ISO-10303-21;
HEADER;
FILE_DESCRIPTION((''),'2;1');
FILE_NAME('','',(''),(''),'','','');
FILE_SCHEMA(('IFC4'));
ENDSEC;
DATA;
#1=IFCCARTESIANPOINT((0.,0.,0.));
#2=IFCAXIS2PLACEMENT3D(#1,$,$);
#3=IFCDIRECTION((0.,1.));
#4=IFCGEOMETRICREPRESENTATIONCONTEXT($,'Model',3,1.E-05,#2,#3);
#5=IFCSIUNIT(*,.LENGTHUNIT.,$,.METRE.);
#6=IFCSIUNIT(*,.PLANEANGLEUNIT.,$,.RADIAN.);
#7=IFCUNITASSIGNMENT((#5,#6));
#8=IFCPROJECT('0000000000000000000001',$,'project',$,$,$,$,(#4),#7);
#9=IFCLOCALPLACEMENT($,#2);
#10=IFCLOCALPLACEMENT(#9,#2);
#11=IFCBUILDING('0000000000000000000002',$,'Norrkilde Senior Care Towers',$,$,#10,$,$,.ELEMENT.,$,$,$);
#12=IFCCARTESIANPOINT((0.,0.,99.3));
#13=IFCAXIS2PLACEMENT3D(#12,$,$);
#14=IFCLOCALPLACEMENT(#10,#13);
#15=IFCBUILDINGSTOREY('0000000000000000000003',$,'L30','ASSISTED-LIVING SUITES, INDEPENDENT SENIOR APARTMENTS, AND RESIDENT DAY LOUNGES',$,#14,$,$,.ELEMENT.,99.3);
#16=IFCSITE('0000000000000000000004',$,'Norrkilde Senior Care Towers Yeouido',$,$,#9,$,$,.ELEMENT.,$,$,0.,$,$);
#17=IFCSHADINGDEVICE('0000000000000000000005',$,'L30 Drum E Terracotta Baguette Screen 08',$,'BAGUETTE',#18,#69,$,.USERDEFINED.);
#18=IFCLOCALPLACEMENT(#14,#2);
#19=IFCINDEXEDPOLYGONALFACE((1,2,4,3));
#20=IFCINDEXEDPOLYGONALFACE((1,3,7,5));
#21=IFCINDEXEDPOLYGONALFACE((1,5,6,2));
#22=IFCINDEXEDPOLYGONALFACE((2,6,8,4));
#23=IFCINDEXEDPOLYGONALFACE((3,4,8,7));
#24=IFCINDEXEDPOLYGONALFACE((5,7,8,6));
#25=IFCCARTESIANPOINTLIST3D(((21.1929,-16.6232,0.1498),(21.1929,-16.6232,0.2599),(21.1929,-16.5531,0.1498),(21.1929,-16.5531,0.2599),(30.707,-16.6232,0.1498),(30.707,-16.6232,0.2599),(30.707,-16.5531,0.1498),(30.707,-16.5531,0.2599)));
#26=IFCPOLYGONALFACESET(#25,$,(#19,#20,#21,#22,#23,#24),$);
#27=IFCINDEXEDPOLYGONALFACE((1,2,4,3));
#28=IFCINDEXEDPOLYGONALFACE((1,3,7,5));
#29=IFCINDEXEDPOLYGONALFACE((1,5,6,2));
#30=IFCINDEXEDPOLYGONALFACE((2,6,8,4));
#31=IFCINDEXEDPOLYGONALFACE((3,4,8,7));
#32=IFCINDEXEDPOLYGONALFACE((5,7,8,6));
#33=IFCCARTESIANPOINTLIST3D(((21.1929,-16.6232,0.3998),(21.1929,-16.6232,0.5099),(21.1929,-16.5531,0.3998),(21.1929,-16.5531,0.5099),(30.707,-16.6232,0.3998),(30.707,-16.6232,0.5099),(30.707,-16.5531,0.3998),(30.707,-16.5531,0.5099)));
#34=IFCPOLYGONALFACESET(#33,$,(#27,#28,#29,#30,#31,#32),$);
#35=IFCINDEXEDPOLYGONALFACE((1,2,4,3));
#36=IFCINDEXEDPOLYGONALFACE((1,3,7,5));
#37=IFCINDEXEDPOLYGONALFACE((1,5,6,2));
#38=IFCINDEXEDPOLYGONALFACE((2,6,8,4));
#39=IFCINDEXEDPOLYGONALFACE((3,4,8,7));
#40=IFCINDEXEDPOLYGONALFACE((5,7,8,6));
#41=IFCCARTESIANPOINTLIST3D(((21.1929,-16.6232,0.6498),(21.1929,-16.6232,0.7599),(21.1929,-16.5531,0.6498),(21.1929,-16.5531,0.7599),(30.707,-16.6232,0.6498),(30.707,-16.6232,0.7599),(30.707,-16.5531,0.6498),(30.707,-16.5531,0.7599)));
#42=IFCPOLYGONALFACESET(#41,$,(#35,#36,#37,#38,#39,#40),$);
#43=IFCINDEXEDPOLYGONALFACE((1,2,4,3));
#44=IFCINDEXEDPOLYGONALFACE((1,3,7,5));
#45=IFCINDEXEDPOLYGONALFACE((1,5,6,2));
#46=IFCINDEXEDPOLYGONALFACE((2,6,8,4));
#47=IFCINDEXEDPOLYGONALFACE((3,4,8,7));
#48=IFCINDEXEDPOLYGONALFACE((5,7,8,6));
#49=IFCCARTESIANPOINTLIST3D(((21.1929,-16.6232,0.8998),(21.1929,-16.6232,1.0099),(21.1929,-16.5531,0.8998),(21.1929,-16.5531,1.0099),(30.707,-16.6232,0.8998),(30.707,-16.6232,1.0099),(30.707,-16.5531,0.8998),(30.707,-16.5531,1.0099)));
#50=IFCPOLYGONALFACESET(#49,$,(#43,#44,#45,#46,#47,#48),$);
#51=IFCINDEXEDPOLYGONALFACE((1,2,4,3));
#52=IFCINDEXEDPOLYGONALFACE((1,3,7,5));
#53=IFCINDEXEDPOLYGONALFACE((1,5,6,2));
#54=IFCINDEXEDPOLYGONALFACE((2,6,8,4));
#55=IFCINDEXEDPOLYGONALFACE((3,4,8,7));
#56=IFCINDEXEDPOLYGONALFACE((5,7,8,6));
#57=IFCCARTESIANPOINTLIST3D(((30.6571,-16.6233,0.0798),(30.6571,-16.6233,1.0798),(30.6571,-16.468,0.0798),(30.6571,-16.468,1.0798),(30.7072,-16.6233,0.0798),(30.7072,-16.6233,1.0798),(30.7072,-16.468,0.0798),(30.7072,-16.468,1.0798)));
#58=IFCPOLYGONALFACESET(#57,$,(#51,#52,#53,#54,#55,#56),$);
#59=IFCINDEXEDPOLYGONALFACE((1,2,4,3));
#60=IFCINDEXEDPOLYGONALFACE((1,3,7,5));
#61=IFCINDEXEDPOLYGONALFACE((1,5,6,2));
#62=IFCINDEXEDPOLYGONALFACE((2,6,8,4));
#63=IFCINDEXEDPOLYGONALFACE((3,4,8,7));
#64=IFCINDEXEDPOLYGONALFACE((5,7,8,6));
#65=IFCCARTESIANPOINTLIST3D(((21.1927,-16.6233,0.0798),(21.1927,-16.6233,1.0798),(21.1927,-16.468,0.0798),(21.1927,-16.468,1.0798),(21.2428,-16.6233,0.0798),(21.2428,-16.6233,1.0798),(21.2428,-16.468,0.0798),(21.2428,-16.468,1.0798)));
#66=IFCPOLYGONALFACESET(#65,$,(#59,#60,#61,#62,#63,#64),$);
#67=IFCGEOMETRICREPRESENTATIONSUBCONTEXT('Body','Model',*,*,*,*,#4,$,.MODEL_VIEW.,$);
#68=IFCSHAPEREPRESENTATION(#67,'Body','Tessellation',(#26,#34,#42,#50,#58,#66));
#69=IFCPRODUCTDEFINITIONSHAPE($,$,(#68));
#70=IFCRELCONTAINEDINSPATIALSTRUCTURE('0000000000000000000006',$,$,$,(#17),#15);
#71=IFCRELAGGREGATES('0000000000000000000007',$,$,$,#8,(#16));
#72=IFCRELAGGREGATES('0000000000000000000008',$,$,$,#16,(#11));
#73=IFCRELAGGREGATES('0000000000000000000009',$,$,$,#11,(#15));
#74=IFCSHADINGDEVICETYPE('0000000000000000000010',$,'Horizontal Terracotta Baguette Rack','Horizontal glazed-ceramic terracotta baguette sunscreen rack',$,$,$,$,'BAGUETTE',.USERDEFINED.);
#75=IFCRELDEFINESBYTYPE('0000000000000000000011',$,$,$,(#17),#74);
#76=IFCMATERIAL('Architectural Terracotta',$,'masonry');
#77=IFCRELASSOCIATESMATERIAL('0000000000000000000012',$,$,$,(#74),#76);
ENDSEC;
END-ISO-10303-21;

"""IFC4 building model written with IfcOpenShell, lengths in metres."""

from ifc_helpers import new_model, si_unit, direction, frame, origin, origin_2d, place, context, subcontext, project, spatial, rectangle, extrude, source, transform, mapped, material, type_object, type_shapes, element, save


model = new_model("IFC4")

# Units and contexts
model_context = context("Model", 3, precision=1e-05, world=origin(), true_north=direction((0.0, 1.0)))
body_context = subcontext(model_context, "Body", "Model", "MODEL_VIEW")
ifc_project = project(units=[si_unit("LENGTHUNIT", "METRE"), si_unit("PLANEANGLEUNIT", "RADIAN")], contexts=[model_context])

# Site, building, storey
site_placement = place(None, origin())
site = spatial("IfcSite", under=ifc_project, at=site_placement, Name="Norrkilde Senior Care Towers Yeouido", CompositionType="ELEMENT", RefElevation=0.0)
building_placement = place(site_placement, origin())
building = spatial("IfcBuilding", under=site, at=building_placement, Name="Norrkilde Senior Care Towers", CompositionType="ELEMENT")
storey_placement = place(building_placement, frame((0.0, 0.0, 99.3)))
storey = spatial("IfcBuildingStorey", under=building, at=storey_placement, Name="L30", Description="ASSISTED-LIVING SUITES, INDEPENDENT SENIOR APARTMENTS, AND RESIDENT DAY LOUNGES", CompositionType="ELEMENT", Elevation=99.3)

# Shading device
ifc_material_1 = material(Name="Architectural Terracotta", Category="masonry")
shading_device_type = type_object("IfcShadingDeviceType", Name="Horizontal Terracotta Baguette Rack", Description="Horizontal glazed-ceramic terracotta baguette sunscreen rack", ElementType="BAGUETTE", PredefinedType="USERDEFINED", material=ifc_material_1)
shared_shape_1 = source(origin(), body_context, "Body", "SweptSolid", [
    extrude(rectangle(XDim=0.0701, YDim=0.1101, at=origin_2d()), frame((0.0, 0.0901, 0.125), z_axis=(1.0, 0.0, 0.0), x_axis=(0.0, 1.0, 0.0)), (0.0, 0.0, 1.0), 9.5142),
    extrude(rectangle(XDim=0.0701, YDim=0.1101, at=origin_2d()), frame((0.0, 0.0901, 0.375), z_axis=(1.0, 0.0, 0.0), x_axis=(0.0, 1.0, 0.0)), (0.0, 0.0, 1.0), 9.5142),
    extrude(rectangle(XDim=0.0701, YDim=0.1101, at=origin_2d()), frame((0.0, 0.0901, 0.625), z_axis=(1.0, 0.0, 0.0), x_axis=(0.0, 1.0, 0.0)), (0.0, 0.0, 1.0), 9.5142),
    extrude(rectangle(XDim=0.0701, YDim=0.1101, at=origin_2d()), frame((0.0, 0.0901, 0.875), z_axis=(1.0, 0.0, 0.0), x_axis=(0.0, 1.0, 0.0)), (0.0, 0.0, 1.0), 9.5142),
    extrude(rectangle(XDim=0.05, YDim=0.1553, at=origin_2d()), frame((0.0249, 0.0476, 0.0)), (0.0, 0.0, 1.0), 1.0),
    extrude(rectangle(XDim=0.05, YDim=0.1553, at=origin_2d()), frame((9.4893, 0.0476, 0.0)), (0.0, 0.0, 1.0), 1.0),
])
type_shapes(shading_device_type, [shared_shape_1])
shading_device_placement = place(storey_placement, frame((30.707, -16.498, 0.0798), z_axis=(0.0, 0.0, 1.0), x_axis=(-1.0, 0.0, 0.0)))
element("IfcShadingDevice", 1, at=shading_device_placement, inside=storey, type_object=shading_device_type, Name="L30 Drum E Terracotta Baguette Screen 08", ObjectType="BAGUETTE", PredefinedType="USERDEFINED", context=body_context, shape_type="MappedRepresentation", body=[
    mapped(shared_shape_1, transform((0.0, 0.0, 0.0), x_axis=(1.0, 0.0, 0.0), y_axis=(0.0, 1.0, 0.0), z_axis=(0.0, 0.0, 1.0), scale=1.0)),
])

save(model, "model.ifc")
